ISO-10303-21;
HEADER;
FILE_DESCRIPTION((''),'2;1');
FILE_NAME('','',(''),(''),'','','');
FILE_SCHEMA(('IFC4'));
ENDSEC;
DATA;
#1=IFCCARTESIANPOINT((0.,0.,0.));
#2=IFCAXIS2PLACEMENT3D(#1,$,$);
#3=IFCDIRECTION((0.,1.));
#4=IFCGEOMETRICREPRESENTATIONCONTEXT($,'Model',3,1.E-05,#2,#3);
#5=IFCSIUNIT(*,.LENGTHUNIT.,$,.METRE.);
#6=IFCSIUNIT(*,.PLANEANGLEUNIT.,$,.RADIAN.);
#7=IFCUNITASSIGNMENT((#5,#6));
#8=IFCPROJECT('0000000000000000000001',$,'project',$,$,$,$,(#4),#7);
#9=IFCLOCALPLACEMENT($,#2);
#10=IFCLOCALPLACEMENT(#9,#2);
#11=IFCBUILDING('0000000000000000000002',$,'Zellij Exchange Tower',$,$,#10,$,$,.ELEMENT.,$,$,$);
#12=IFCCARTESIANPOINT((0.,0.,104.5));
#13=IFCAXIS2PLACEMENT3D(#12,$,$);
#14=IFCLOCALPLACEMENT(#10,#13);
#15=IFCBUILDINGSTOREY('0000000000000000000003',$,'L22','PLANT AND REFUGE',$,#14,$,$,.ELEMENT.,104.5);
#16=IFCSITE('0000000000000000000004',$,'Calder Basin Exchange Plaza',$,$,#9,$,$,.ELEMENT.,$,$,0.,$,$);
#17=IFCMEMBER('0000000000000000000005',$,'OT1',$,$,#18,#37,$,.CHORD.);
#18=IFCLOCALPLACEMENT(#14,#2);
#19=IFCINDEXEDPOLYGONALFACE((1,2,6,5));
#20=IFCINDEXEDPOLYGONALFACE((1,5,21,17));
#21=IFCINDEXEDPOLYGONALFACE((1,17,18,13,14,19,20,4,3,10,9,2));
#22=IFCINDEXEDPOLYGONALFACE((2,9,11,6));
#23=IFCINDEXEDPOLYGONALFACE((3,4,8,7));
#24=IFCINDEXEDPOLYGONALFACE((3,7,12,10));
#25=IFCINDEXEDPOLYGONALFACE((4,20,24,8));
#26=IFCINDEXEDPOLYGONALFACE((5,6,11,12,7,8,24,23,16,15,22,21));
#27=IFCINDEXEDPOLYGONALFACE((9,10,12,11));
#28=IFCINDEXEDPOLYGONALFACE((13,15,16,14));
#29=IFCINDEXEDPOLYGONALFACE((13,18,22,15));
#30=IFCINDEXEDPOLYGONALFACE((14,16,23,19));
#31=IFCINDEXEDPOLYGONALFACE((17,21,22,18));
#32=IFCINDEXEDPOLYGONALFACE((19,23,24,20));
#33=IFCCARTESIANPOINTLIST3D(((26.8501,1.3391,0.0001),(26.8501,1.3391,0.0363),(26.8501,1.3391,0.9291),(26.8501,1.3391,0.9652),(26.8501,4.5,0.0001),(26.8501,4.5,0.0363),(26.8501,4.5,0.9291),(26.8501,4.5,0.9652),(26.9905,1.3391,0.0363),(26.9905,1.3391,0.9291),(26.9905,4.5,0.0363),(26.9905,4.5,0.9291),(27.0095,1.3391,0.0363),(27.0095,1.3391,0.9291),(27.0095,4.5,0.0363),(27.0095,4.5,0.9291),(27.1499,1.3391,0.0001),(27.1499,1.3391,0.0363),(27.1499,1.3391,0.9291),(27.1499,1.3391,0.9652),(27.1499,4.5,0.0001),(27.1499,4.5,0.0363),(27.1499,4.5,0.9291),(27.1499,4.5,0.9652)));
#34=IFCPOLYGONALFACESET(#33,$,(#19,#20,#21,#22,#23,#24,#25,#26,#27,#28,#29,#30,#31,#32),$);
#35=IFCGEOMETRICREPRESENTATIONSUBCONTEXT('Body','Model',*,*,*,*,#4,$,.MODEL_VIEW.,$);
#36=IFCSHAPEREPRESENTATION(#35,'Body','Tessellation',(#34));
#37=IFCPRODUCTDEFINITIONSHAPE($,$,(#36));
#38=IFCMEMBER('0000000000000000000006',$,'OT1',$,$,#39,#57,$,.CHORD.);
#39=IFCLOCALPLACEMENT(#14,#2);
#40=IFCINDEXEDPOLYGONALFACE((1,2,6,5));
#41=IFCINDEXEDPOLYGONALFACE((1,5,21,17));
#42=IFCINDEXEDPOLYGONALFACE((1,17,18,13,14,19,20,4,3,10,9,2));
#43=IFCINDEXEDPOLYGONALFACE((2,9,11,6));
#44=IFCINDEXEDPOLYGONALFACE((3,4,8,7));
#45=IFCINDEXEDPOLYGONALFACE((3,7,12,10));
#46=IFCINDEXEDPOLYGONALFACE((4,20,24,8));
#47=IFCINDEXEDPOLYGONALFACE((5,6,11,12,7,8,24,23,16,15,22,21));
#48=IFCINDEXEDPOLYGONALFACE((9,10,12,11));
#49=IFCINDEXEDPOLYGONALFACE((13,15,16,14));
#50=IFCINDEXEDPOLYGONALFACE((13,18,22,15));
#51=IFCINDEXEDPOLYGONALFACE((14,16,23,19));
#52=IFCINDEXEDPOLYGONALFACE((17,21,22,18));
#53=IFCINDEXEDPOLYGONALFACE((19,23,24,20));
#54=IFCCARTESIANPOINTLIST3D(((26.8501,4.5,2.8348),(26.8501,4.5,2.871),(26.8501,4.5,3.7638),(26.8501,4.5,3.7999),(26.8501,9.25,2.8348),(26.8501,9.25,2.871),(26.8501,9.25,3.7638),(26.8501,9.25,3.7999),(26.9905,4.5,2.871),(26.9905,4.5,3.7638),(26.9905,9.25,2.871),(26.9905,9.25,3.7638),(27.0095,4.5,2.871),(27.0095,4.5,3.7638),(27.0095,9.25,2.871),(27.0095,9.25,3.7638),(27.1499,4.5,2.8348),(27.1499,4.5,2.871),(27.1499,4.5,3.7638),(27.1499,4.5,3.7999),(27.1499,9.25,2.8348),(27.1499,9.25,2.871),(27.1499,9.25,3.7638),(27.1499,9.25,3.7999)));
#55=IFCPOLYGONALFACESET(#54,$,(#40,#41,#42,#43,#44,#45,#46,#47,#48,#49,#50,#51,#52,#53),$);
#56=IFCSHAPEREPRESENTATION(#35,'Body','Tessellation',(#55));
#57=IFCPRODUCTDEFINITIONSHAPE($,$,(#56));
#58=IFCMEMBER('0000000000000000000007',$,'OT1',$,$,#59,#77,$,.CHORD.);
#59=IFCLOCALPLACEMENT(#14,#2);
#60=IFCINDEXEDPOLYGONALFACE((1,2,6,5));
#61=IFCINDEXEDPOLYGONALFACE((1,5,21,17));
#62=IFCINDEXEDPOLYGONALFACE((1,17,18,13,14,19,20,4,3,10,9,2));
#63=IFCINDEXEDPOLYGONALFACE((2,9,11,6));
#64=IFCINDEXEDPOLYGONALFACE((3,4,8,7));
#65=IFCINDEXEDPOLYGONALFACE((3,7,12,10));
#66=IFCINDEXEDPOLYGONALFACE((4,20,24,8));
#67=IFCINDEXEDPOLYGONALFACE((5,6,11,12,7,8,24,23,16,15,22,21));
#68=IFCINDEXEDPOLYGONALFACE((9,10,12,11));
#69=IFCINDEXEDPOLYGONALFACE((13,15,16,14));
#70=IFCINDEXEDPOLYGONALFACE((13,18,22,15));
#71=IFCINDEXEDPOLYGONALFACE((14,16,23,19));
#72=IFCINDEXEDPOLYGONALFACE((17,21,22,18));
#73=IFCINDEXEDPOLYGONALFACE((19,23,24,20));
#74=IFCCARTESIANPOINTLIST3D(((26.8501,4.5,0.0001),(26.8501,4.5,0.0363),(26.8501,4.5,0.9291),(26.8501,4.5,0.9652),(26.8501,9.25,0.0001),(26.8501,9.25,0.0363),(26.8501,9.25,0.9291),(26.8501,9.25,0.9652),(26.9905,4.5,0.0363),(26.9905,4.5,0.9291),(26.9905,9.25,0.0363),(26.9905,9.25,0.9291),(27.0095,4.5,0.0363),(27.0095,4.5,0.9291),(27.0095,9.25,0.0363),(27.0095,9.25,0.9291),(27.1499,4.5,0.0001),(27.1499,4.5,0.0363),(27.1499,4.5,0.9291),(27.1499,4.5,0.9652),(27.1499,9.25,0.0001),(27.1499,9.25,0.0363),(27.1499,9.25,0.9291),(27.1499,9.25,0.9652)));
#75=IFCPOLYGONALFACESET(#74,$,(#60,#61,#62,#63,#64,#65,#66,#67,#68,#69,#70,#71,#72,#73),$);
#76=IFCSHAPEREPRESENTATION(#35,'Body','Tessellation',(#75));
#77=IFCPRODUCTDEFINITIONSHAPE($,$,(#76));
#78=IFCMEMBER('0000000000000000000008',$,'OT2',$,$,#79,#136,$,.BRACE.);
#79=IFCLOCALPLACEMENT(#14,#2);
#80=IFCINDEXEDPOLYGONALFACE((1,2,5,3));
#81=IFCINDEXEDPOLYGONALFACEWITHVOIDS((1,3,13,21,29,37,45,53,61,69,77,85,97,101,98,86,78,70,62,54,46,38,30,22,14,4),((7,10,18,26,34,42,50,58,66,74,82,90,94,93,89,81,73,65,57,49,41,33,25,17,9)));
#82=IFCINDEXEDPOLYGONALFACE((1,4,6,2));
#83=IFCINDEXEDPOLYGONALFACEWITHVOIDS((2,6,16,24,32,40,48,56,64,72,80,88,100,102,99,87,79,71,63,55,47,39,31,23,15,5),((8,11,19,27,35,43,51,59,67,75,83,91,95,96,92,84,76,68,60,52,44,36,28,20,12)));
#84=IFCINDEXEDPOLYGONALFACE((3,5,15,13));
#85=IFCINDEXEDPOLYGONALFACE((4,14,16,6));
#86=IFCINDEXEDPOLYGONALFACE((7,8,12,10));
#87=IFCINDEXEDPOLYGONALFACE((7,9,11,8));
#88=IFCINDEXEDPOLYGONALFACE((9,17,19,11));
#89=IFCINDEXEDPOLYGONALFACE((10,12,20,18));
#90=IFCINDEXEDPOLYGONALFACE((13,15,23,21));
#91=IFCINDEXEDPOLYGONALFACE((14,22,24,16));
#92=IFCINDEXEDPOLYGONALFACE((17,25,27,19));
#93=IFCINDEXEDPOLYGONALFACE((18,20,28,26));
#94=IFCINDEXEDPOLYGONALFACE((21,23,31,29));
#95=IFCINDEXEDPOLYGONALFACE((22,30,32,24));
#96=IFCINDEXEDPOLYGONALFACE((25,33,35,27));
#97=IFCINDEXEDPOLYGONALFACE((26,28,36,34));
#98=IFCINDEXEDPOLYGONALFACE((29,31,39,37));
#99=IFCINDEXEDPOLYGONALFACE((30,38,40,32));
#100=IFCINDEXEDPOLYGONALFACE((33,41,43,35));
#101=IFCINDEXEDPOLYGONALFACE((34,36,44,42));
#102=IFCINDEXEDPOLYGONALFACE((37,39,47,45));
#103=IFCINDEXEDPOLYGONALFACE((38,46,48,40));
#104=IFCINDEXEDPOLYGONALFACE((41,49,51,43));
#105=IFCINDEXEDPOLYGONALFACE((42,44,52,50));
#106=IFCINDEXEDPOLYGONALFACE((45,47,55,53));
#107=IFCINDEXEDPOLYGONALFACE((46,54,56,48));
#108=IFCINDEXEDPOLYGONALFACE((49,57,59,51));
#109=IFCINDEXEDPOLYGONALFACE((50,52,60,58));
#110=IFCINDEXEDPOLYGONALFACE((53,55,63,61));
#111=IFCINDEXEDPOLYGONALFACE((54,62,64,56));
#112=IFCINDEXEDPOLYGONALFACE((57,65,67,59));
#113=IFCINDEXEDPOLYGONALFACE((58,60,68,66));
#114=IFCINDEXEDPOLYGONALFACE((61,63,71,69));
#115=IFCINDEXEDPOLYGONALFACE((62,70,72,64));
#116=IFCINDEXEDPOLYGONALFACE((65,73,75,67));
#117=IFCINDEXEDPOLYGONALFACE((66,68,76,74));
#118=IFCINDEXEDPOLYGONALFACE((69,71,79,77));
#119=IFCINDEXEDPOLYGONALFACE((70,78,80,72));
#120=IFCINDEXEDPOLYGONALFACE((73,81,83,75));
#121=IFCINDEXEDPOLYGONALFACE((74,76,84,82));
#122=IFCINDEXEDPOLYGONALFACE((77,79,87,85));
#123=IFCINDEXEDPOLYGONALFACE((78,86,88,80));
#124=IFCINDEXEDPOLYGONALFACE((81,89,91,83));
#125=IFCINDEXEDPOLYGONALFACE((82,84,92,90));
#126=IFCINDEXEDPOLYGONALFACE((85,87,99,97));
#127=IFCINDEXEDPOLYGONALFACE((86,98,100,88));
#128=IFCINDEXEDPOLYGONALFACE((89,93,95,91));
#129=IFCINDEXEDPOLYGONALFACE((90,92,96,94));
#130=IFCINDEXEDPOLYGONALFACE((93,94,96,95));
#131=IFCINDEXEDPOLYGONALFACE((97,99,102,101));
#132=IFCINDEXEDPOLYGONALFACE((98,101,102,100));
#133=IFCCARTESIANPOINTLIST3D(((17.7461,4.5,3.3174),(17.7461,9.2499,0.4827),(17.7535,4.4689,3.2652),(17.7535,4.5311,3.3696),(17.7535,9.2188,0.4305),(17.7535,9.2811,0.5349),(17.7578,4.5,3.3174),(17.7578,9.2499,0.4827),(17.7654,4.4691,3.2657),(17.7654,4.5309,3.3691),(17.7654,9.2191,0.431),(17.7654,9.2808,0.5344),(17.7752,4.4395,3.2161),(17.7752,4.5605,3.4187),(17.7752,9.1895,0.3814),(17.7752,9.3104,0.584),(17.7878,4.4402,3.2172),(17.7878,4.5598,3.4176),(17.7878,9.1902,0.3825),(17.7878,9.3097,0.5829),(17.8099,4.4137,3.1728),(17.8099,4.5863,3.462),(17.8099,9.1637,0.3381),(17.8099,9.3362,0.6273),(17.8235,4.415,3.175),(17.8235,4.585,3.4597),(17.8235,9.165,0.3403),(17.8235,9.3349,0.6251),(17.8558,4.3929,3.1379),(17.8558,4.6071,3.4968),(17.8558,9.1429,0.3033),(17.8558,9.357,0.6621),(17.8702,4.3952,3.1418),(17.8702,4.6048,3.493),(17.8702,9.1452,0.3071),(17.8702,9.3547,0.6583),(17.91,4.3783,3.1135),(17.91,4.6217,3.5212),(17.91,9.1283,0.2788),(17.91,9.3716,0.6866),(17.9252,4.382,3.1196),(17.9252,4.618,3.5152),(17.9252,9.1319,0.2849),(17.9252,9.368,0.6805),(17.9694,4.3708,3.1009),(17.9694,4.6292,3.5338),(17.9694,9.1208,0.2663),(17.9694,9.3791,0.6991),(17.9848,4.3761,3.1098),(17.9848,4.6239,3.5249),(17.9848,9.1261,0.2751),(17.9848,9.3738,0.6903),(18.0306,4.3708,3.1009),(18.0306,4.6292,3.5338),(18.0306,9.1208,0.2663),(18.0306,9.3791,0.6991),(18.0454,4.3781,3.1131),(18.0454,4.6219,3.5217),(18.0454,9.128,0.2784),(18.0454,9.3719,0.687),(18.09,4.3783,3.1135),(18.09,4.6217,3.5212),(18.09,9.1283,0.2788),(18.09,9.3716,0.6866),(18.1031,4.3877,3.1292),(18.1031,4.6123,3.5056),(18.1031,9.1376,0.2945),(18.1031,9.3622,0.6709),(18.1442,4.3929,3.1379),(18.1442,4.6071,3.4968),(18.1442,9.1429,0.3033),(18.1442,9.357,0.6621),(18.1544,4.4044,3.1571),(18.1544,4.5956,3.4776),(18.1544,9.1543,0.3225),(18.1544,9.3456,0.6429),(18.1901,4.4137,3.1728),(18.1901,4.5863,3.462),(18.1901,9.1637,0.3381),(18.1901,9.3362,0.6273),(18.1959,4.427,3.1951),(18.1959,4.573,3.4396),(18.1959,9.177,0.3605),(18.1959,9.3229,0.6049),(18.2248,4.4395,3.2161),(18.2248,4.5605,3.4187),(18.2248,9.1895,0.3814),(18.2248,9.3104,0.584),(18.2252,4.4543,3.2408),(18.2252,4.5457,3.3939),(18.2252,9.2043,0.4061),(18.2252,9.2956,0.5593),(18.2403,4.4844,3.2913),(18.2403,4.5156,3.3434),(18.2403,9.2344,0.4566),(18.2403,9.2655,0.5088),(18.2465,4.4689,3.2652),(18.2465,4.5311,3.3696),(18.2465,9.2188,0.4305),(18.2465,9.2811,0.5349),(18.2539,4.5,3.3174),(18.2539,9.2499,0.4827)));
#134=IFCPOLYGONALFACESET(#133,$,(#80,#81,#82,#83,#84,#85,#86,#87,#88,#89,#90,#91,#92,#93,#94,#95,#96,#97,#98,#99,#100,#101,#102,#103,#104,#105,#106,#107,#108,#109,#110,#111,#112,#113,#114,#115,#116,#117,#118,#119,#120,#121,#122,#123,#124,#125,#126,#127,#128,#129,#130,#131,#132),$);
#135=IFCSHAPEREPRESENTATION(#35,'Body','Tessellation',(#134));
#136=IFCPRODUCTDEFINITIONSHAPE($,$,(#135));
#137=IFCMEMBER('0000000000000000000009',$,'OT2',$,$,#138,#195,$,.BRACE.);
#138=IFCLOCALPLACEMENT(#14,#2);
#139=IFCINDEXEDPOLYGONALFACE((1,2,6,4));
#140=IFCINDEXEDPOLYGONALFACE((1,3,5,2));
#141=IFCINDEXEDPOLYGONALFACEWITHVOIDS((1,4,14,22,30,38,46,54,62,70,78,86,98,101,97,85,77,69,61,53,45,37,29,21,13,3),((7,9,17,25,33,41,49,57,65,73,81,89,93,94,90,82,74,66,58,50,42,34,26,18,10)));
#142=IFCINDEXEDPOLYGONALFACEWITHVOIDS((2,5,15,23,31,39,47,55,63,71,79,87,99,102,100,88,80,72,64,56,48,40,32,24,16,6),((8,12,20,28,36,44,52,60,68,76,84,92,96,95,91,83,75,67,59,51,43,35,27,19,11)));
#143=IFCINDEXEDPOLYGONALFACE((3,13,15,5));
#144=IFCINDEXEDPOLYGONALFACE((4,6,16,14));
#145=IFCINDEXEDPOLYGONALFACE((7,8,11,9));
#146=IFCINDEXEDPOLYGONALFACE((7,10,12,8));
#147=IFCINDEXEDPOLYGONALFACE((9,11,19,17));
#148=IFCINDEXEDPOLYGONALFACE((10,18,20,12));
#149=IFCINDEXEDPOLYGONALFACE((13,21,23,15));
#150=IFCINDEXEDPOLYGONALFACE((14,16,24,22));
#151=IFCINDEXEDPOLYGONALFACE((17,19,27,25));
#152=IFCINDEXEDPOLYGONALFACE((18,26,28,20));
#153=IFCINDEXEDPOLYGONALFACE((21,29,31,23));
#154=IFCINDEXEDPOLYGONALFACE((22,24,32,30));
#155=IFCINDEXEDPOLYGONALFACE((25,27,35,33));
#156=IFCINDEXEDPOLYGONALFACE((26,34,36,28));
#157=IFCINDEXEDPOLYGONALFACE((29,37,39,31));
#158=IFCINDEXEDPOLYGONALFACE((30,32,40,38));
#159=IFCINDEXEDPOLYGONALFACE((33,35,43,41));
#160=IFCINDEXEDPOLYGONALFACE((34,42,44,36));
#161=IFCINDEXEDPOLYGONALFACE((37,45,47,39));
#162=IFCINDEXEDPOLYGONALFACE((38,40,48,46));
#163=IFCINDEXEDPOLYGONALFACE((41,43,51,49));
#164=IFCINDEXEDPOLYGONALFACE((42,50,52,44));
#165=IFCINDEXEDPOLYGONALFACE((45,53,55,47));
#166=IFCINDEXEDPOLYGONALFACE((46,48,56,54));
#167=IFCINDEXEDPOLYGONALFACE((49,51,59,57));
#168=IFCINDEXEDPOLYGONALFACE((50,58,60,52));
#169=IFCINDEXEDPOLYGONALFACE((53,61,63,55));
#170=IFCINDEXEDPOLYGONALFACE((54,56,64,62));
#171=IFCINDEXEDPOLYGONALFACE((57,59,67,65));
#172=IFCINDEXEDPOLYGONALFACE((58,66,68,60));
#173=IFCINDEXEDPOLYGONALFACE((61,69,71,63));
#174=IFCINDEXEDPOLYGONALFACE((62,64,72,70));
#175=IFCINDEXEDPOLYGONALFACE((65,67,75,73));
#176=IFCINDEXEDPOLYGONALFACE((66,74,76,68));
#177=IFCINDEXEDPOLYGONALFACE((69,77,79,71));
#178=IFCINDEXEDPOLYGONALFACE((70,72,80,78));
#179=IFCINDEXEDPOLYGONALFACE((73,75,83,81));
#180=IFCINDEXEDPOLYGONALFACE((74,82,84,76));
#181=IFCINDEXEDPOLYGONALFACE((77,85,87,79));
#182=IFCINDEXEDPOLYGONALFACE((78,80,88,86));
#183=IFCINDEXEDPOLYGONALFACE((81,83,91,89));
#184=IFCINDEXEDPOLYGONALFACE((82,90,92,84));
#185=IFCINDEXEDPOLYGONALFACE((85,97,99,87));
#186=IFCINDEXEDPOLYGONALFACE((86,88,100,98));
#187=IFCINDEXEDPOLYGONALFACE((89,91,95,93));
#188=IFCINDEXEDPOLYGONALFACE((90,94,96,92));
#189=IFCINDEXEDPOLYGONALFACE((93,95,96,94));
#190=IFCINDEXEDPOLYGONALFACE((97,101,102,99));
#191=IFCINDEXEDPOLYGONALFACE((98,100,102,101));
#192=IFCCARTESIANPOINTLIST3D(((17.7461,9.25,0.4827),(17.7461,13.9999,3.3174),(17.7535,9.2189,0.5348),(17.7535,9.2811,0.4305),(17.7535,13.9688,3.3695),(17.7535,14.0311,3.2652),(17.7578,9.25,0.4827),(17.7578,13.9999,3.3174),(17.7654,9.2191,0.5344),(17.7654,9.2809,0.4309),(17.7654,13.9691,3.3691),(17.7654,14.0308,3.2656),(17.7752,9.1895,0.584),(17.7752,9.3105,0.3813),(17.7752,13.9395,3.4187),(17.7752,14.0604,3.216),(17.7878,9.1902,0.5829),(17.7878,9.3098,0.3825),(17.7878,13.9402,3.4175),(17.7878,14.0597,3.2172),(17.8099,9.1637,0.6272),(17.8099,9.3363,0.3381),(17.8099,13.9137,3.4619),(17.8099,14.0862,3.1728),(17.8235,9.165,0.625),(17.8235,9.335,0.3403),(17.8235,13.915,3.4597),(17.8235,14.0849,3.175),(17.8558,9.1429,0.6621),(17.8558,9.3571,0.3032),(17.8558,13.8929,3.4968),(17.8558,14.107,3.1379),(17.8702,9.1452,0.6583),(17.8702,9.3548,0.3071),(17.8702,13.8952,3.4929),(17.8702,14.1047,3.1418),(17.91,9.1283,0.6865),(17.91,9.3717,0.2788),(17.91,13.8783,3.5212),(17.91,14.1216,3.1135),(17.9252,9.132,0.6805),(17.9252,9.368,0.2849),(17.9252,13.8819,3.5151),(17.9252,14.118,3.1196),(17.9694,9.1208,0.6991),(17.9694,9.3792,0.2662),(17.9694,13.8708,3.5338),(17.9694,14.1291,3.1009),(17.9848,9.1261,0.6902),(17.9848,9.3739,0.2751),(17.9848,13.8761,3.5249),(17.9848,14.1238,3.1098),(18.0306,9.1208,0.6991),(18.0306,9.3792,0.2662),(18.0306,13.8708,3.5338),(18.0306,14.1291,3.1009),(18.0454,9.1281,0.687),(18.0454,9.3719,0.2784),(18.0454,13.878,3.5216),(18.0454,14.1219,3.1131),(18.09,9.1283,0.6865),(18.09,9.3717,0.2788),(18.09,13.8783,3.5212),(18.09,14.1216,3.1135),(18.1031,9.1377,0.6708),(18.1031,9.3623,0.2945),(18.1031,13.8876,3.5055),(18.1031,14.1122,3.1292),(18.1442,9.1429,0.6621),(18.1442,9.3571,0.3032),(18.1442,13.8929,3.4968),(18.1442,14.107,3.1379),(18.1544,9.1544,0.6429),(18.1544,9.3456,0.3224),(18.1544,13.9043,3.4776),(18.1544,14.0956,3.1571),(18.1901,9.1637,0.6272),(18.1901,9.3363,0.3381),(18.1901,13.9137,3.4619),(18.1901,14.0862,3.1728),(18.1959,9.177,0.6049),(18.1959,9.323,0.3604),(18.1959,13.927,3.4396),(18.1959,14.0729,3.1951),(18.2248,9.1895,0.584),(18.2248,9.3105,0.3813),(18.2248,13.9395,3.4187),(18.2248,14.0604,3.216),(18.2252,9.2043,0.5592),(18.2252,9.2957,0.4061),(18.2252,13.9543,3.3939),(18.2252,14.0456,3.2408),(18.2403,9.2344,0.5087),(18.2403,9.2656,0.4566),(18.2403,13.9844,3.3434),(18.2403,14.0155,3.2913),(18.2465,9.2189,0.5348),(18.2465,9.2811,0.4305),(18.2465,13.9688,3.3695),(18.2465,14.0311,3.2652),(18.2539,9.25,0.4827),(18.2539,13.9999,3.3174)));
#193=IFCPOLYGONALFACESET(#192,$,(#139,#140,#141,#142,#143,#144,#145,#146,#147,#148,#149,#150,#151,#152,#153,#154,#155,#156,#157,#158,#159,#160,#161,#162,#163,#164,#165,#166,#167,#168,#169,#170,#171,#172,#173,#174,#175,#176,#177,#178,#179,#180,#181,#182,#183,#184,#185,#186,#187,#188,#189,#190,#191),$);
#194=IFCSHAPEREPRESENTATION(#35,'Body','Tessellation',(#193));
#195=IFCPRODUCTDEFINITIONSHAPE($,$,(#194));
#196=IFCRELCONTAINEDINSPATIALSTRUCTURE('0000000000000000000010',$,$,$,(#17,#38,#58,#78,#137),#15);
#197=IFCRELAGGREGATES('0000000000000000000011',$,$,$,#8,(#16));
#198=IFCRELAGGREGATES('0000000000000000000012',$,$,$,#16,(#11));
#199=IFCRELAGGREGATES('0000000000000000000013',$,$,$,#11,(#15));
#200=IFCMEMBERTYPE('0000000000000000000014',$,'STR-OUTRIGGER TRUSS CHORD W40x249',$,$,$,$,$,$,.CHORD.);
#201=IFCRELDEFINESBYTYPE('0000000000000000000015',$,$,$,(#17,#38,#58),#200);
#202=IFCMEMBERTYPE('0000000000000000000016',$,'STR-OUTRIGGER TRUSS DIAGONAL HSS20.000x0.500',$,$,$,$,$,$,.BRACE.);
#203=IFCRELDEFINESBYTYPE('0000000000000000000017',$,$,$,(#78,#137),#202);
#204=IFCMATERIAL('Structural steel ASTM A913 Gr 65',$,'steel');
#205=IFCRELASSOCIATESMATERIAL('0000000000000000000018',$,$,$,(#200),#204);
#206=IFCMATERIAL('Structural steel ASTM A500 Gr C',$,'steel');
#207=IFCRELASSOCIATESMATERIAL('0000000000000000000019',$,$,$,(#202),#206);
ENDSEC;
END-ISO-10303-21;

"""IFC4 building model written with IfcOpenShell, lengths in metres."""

from ifc_helpers import new_model, si_unit, direction, frame, origin, origin_2d, place, context, subcontext, project, spatial, hollow_circle, i_section, extrude, material, material_profile, profile_set, type_object, element, save


model = new_model("IFC4")

# Units and contexts
model_context = context("Model", 3, precision=1e-05, world=origin(), true_north=direction((0.0, 1.0)))
body_context = subcontext(model_context, "Body", "Model", "MODEL_VIEW")
ifc_project = project(units=[si_unit("LENGTHUNIT", "METRE"), si_unit("PLANEANGLEUNIT", "RADIAN")], contexts=[model_context])

# Site, building, storey
site_placement = place(None, origin())
site = spatial("IfcSite", under=ifc_project, at=site_placement, Name="Calder Basin Exchange Plaza", CompositionType="ELEMENT", RefElevation=0.0)
building_placement = place(site_placement, origin())
building = spatial("IfcBuilding", under=site, at=building_placement, Name="Zellij Exchange Tower", CompositionType="ELEMENT")
storey_placement = place(building_placement, frame((0.0, 0.0, 104.5)))
storey = spatial("IfcBuildingStorey", under=building, at=storey_placement, Name="L22", Description="PLANT AND REFUGE", CompositionType="ELEMENT", Elevation=104.5)

# Shared definitions
ifc_material_1 = material(Name="Structural steel ASTM A913 Gr 65", Category="steel")

# Members
ifc_material_profile_1 = material_profile(ifc_material_1, i_section(OverallWidth=0.2998, OverallDepth=0.9651, WebThickness=0.019, FlangeThickness=0.0361, at=origin_2d()), Name="W40x249")
ifc_profile_set_1 = profile_set([ifc_material_profile_1], Name="Structural steel ASTM A913 Gr 65")
member_type_1 = type_object("IfcMemberType", Name="STR-OUTRIGGER TRUSS CHORD W40x249", PredefinedType="CHORD", material=ifc_profile_set_1)
for number, where, z_axis, x_axis, name in (
    (1, (27.0, 1.3391, 0.4827), (0.0, 1.0, 0.0), (-1.0, 0.0, 0.0), "OT1"),
):
    element("IfcMember", number, at=place(storey_placement, frame(where, z_axis=z_axis, x_axis=x_axis)), inside=storey, type_object=member_type_1, Name=name, PredefinedType="CHORD", context=body_context, shape_type="SweptSolid", body=[
        extrude(i_section(OverallWidth=0.2998, OverallDepth=0.9651, WebThickness=0.019, FlangeThickness=0.0361, at=origin_2d()), origin(), (0.0, 0.0, 1.0), 3.1609),
    ])
for number, where, z_axis, x_axis, name in (
    (2, (27.0, 4.5, 3.3174), (0.0, 1.0, 0.0), (-1.0, 0.0, 0.0), "OT1"),
    (3, (27.0, 4.5, 0.4827), (0.0, 1.0, 0.0), (-1.0, 0.0, 0.0), "OT1"),
):
    element("IfcMember", number, at=place(storey_placement, frame(where, z_axis=z_axis, x_axis=x_axis)), inside=storey, type_object=member_type_1, Name=name, PredefinedType="CHORD", context=body_context, shape_type="SweptSolid", body=[
        extrude(i_section(OverallWidth=0.2998, OverallDepth=0.9651, WebThickness=0.019, FlangeThickness=0.0361, at=origin_2d()), origin(), (0.0, 0.0, 1.0), 4.75),
    ])
ifc_material_2 = material(Name="Structural steel ASTM A500 Gr C", Category="steel")
ifc_material_profile_2 = material_profile(ifc_material_2, hollow_circle(Radius=0.2539, WallThickness=0.0117, at=origin_2d()), Name="STR-OUTRIGGER TRUSS DIAGONAL HSS20.000x0.500")
ifc_profile_set_2 = profile_set([ifc_material_profile_2], Name="Structural steel ASTM A500 Gr C")
member_type_2 = type_object("IfcMemberType", Name="STR-OUTRIGGER TRUSS DIAGONAL HSS20.000x0.500", PredefinedType="BRACE", material=ifc_profile_set_2)
for number, where, z_axis, x_axis, name in (
    (4, (18.0, 4.5, 3.3174), (0.0, 0.858709, -0.512463), (-1.0, 0.0, 0.0), "OT2"),
    (5, (18.0, 9.25, 0.4827), (0.0, 0.858709, 0.512463), (-1.0, 0.0, 0.0), "OT2"),
):
    element("IfcMember", number, at=place(storey_placement, frame(where, z_axis=z_axis, x_axis=x_axis)), inside=storey, type_object=member_type_2, Name=name, PredefinedType="BRACE", context=body_context, shape_type="SweptSolid", body=[
        extrude(hollow_circle(Radius=0.2539, WallThickness=0.0117, at=origin_2d()), origin(), (0.0, 0.0, 1.0), 5.5315),
    ])

save(model, "model.ifc")
